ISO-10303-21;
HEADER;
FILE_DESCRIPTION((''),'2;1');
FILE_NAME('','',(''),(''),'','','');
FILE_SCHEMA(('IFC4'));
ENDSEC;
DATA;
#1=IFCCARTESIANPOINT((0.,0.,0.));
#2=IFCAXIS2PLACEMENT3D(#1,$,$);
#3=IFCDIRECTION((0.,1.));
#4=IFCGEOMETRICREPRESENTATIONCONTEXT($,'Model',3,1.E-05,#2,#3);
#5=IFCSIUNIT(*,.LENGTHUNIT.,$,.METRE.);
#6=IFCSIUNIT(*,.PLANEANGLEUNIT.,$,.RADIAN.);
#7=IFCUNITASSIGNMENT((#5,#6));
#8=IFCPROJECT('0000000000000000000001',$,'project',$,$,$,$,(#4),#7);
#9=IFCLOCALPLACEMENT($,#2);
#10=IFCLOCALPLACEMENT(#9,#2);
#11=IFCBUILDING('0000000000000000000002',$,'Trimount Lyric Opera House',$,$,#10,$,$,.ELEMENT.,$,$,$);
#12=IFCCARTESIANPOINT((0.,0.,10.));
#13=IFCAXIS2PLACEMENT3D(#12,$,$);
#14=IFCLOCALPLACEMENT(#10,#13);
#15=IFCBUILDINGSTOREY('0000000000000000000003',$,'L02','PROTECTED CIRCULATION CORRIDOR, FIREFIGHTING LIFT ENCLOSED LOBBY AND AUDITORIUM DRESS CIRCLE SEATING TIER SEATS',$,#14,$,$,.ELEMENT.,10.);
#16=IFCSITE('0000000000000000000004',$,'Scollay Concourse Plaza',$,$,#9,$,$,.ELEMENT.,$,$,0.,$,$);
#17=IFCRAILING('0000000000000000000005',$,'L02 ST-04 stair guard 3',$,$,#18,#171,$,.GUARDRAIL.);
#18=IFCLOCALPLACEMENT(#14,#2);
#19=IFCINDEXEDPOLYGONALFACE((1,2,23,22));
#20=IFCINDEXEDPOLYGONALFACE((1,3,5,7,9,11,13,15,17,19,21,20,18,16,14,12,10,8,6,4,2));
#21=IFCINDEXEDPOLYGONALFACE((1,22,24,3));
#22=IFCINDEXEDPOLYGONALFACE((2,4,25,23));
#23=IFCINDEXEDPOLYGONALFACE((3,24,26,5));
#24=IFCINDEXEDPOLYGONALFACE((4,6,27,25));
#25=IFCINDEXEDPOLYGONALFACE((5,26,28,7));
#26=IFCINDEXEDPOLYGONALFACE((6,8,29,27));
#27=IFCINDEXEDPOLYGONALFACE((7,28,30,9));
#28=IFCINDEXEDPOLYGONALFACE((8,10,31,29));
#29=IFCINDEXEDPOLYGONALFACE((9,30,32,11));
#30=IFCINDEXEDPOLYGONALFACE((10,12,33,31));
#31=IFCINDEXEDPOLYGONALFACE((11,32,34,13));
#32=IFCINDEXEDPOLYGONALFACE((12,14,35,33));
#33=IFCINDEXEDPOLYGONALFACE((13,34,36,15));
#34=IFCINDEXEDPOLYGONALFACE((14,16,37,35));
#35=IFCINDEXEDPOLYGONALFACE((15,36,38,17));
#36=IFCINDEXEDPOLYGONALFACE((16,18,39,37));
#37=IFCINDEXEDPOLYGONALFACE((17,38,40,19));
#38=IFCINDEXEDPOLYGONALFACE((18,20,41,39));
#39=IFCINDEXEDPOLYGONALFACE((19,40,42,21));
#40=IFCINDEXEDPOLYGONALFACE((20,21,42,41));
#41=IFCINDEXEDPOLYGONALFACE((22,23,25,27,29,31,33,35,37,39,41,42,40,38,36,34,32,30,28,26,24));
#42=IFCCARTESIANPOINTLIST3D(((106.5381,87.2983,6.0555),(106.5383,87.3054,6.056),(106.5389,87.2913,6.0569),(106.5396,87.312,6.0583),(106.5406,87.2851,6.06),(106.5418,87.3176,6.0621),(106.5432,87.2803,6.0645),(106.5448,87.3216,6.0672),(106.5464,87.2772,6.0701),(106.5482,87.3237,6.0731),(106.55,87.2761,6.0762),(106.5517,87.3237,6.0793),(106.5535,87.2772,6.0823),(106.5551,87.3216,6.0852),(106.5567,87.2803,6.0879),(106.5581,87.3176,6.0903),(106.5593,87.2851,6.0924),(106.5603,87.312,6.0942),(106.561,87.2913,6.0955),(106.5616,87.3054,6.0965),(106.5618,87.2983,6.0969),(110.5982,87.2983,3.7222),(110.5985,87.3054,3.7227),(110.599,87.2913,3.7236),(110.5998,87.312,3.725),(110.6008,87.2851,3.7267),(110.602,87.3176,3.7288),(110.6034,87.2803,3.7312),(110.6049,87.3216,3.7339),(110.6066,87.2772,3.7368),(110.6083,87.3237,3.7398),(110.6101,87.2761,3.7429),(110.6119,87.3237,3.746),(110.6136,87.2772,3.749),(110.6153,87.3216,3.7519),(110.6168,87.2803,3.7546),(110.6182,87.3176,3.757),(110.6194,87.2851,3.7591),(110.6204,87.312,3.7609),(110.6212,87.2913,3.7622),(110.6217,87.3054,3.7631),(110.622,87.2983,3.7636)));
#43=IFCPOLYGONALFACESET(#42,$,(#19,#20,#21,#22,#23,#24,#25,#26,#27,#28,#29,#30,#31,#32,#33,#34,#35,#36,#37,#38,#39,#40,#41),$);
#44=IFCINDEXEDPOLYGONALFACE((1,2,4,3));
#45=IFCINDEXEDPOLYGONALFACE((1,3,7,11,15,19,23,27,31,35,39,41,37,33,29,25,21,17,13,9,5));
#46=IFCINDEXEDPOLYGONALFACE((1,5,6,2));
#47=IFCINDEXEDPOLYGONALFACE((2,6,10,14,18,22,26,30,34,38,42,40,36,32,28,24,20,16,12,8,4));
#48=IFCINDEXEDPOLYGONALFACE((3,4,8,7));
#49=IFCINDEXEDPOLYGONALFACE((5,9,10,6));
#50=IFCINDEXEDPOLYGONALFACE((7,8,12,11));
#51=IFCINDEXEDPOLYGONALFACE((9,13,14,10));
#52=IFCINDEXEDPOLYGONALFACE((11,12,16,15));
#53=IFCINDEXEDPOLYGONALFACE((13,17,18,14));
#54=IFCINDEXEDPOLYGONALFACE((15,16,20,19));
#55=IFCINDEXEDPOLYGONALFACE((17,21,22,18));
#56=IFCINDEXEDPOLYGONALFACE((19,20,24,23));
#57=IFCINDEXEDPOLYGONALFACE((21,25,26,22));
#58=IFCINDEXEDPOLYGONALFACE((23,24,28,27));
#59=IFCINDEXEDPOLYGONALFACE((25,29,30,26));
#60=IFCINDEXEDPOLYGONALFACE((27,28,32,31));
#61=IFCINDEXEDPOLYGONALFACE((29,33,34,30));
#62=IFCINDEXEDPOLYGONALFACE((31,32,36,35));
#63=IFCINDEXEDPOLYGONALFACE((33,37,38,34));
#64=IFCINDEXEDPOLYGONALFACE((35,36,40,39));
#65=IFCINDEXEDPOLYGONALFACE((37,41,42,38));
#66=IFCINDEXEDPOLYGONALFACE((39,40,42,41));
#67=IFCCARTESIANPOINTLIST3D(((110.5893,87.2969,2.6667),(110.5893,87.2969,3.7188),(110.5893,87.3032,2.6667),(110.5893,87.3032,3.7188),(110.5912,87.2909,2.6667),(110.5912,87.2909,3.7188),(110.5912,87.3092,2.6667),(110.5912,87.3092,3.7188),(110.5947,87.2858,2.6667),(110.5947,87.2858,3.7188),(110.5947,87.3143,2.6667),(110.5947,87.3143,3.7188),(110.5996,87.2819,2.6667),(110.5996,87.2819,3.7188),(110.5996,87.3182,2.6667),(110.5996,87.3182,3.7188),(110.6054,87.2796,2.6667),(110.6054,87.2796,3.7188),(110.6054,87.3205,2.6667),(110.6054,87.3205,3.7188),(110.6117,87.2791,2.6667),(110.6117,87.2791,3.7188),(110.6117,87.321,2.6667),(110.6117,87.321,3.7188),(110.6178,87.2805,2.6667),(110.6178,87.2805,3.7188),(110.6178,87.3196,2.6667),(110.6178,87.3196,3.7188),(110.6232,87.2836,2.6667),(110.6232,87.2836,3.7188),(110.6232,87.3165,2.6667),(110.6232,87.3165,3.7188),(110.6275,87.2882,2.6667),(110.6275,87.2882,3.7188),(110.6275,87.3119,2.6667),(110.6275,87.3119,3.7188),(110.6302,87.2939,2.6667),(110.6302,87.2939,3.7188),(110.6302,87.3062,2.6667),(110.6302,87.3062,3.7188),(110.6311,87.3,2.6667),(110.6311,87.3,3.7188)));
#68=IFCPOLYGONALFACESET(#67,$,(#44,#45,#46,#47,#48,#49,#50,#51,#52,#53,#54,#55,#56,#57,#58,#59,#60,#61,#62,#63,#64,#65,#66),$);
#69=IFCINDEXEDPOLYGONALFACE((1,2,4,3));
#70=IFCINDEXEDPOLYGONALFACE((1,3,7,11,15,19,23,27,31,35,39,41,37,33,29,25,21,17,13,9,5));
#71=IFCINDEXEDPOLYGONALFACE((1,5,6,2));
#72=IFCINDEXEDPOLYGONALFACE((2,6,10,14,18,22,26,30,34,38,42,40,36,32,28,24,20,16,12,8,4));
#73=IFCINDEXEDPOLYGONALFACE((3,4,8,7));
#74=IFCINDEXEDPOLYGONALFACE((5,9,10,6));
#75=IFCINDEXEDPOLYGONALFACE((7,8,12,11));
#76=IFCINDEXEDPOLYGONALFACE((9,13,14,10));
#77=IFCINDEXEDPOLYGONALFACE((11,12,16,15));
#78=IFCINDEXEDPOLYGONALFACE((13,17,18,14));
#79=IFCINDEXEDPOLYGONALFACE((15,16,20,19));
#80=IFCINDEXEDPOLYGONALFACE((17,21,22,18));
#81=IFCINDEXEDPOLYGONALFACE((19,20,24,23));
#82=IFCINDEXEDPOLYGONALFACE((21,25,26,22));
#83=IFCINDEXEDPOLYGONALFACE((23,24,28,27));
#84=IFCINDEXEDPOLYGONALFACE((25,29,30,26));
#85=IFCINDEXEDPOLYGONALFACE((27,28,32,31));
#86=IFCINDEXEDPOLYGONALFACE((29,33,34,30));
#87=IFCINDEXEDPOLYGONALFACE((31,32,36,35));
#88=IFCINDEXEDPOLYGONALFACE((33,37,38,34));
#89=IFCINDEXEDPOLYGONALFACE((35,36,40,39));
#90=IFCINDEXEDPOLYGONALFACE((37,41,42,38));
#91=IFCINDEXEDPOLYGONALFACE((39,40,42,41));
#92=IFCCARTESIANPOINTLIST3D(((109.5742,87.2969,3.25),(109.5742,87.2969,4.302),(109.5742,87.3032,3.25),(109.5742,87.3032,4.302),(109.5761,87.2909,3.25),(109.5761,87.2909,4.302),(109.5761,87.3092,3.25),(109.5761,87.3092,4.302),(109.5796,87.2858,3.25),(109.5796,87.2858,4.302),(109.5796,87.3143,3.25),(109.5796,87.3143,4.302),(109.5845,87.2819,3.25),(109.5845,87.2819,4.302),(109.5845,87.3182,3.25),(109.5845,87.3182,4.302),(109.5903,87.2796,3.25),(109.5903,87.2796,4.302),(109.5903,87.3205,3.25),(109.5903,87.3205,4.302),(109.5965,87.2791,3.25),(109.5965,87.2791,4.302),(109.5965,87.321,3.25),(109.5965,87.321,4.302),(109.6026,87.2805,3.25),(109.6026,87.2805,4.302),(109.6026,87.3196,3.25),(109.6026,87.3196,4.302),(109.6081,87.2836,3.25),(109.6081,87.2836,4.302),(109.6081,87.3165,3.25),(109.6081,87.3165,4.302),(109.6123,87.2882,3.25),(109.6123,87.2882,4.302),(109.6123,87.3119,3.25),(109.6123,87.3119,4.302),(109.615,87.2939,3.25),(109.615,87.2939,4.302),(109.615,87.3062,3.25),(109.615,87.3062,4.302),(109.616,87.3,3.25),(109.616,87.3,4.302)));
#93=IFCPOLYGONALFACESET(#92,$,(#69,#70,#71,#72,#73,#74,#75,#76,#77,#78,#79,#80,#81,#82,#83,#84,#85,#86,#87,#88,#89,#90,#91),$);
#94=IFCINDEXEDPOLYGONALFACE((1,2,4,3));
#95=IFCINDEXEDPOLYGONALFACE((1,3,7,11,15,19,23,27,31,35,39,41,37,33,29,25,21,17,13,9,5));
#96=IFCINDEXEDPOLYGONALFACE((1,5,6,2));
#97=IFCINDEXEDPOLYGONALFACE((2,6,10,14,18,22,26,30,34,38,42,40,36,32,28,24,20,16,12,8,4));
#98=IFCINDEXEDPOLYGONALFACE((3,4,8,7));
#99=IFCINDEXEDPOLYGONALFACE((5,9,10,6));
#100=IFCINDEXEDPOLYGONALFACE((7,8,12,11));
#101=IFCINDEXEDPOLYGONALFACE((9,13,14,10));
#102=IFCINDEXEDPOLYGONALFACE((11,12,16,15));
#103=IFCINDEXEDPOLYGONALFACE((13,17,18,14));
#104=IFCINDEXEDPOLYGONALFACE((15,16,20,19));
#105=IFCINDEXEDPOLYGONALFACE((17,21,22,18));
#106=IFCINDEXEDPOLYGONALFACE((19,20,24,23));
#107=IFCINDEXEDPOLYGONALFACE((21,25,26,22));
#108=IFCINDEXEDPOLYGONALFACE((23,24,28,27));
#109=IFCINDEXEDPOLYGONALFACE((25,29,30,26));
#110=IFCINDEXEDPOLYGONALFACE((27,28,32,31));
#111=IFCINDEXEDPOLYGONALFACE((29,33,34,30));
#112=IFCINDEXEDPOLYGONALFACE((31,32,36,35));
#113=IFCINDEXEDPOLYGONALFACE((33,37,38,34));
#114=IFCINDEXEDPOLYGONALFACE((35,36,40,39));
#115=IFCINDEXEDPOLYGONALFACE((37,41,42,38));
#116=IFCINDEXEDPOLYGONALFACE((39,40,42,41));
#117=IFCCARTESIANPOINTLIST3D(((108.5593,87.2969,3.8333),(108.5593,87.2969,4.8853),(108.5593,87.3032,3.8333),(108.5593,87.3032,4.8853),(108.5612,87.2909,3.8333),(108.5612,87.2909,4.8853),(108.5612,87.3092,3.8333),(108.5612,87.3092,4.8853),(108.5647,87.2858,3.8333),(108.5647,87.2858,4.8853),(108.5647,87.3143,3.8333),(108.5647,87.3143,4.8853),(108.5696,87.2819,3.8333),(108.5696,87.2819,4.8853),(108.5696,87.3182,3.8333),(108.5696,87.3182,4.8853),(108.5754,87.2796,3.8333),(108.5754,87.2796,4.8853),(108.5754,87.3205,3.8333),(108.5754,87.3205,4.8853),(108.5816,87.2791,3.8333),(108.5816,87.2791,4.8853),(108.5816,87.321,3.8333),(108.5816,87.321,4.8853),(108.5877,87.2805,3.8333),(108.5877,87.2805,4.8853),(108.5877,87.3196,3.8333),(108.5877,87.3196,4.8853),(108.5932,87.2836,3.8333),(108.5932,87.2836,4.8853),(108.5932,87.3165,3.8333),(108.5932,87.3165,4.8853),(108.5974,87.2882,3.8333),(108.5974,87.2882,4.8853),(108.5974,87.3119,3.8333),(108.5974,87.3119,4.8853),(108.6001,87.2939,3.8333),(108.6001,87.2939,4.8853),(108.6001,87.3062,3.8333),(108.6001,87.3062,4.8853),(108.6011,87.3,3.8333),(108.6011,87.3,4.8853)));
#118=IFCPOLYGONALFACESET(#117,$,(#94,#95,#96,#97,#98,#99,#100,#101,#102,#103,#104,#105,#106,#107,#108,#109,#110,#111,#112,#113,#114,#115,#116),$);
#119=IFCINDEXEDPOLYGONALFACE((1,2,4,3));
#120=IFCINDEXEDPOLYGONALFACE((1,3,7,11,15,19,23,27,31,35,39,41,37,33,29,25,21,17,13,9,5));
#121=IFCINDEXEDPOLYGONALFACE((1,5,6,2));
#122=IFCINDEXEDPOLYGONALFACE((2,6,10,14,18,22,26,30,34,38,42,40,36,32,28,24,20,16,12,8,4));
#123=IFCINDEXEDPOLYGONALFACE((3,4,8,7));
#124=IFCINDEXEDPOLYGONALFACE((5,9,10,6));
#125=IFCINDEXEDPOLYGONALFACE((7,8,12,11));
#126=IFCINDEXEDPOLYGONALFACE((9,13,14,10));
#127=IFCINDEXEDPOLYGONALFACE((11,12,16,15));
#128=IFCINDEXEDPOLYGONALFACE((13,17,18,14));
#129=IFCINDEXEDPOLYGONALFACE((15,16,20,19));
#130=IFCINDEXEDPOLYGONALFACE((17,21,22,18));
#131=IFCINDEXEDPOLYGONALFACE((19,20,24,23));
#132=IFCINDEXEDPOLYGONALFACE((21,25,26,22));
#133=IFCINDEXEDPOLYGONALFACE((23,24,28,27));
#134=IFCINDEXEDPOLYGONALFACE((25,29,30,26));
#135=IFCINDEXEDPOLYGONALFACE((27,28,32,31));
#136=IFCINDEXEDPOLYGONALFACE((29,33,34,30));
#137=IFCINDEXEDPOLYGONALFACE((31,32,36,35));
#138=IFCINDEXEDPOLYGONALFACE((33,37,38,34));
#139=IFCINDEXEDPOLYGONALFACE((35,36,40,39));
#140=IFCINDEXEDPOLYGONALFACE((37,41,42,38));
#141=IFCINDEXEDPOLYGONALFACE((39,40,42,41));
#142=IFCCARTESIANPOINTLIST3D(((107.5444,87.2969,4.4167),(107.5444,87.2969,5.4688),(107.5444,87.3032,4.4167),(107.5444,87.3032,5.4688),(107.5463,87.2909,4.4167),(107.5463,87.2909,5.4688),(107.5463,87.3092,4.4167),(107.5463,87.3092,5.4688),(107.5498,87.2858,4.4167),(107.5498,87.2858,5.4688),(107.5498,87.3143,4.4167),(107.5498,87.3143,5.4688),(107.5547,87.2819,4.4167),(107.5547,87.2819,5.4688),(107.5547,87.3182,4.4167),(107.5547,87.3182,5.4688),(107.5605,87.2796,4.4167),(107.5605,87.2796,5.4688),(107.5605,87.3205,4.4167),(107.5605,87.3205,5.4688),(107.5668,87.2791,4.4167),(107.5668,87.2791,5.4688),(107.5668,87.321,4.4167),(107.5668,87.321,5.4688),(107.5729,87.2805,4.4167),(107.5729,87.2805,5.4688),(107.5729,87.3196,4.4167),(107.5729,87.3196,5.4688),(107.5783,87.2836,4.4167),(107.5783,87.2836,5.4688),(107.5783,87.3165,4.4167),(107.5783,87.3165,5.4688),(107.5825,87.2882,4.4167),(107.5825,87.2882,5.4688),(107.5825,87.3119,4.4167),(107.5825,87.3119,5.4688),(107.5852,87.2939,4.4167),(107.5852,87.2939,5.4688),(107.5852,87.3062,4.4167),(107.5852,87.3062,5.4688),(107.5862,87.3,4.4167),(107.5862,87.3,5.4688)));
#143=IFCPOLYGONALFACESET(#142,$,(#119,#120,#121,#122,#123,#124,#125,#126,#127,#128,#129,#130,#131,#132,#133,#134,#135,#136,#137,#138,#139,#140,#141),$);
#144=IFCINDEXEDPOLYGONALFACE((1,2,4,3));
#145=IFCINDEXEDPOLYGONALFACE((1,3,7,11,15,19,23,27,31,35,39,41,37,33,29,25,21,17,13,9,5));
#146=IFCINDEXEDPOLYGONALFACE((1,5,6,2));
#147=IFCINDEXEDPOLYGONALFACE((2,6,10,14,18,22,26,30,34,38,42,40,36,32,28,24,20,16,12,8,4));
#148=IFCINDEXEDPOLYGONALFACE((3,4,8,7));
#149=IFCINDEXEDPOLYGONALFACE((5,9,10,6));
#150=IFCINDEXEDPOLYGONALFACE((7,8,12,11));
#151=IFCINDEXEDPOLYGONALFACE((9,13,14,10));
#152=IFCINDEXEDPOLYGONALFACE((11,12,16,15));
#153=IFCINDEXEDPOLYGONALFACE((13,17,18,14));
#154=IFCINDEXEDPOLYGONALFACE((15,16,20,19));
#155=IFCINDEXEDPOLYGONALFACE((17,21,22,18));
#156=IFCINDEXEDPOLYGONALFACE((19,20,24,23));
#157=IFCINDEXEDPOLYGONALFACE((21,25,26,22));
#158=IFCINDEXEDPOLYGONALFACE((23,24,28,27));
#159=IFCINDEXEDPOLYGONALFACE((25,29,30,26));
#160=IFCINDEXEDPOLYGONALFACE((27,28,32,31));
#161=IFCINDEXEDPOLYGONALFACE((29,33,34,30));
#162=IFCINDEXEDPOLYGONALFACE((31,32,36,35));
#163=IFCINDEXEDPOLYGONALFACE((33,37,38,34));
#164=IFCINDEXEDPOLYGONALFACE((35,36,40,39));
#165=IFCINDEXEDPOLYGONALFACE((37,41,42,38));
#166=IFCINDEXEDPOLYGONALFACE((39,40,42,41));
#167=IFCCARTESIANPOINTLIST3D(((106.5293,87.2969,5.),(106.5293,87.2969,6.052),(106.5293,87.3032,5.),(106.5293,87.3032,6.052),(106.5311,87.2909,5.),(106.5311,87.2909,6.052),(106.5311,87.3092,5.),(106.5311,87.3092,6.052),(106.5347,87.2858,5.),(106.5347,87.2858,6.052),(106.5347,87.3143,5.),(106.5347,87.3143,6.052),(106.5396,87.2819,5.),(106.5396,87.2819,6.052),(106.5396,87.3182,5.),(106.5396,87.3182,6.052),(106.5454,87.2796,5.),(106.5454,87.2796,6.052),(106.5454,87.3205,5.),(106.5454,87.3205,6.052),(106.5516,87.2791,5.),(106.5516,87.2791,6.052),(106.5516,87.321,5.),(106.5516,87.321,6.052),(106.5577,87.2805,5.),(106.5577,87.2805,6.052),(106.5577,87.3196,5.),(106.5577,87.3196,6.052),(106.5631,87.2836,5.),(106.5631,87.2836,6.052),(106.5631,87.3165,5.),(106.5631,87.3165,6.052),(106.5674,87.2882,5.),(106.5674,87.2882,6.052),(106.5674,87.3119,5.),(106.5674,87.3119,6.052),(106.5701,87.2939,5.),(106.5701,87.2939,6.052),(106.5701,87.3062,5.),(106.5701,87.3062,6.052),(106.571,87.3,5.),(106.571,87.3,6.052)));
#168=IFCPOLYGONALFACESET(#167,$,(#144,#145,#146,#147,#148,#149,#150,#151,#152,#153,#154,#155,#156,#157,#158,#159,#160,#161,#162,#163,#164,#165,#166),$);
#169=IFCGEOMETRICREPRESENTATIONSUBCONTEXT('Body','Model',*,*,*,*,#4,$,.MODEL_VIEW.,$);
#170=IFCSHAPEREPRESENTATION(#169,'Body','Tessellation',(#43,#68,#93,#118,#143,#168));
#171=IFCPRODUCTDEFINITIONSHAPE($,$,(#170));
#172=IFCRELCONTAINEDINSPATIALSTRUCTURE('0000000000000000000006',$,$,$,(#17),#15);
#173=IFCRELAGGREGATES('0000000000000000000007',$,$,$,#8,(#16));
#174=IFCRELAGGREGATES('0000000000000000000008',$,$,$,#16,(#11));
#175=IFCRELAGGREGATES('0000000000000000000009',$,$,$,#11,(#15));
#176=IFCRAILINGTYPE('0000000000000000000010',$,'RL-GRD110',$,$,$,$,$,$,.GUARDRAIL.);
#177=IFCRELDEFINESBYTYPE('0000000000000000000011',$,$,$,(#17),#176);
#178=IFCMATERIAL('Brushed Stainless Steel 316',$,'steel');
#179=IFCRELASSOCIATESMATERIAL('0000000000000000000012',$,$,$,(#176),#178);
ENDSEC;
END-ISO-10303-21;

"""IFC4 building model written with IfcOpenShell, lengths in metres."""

from ifc_helpers import new_model, si_unit, direction, frame, origin, origin_2d, place, context, subcontext, project, spatial, circle, extrude, material, type_object, element, save


model = new_model("IFC4")

# Units and contexts
model_context = context("Model", 3, precision=1e-05, world=origin(), true_north=direction((0.0, 1.0)))
body_context = subcontext(model_context, "Body", "Model", "MODEL_VIEW")
ifc_project = project(units=[si_unit("LENGTHUNIT", "METRE"), si_unit("PLANEANGLEUNIT", "RADIAN")], contexts=[model_context])

# Site, building, storey
site_placement = place(None, origin())
site = spatial("IfcSite", under=ifc_project, at=site_placement, Name="Scollay Concourse Plaza", CompositionType="ELEMENT", RefElevation=0.0)
building_placement = place(site_placement, origin())
building = spatial("IfcBuilding", under=site, at=building_placement, Name="Trimount Lyric Opera House", CompositionType="ELEMENT")
storey_placement = place(building_placement, frame((0.0, 0.0, 10.0)))
storey = spatial("IfcBuildingStorey", under=building, at=storey_placement, Name="L02", Description="PROTECTED CIRCULATION CORRIDOR, FIREFIGHTING LIFT ENCLOSED LOBBY AND AUDITORIUM DRESS CIRCLE SEATING TIER SEATS", CompositionType="ELEMENT", Elevation=10.0)

# Railing
ifc_material_1 = material(Name="Brushed Stainless Steel 316", Category="steel")
railing_type_1 = type_object("IfcRailingType", Name="RL-GRD110", PredefinedType="GUARDRAIL", material=ifc_material_1)
railing_1_placement = place(storey_placement, frame((110.6101, 87.3, 2.6667)))
element("IfcRailing", 1, at=railing_1_placement, inside=storey, type_object=railing_type_1, Name="L02 ST-04 stair guard 3", PredefinedType="GUARDRAIL", context=body_context, shape_type="SweptSolid", body=[
    extrude(circle(Radius=0.0239, at=origin_2d()), frame((0.0, 0.0, 1.0762), z_axis=(-0.867025, 0.0, 0.498265), x_axis=(0.0, -1.0, 0.0)), (0.0, 0.0, 1.0), 4.6829),
    extrude(circle(Radius=0.021, at=origin_2d()), origin(), (0.0, 0.0, 1.0), 1.052),
    extrude(circle(Radius=0.021, at=origin_2d()), frame((-1.0151, 0.0, 0.5833)), (0.0, 0.0, 1.0), 1.052),
    extrude(circle(Radius=0.021, at=origin_2d()), frame((-2.03, 0.0, 1.1665)), (0.0, 0.0, 1.0), 1.052),
    extrude(circle(Radius=0.021, at=origin_2d()), frame((-3.0449, 0.0, 1.75)), (0.0, 0.0, 1.0), 1.052),
    extrude(circle(Radius=0.021, at=origin_2d()), frame((-4.0601, 0.0, 2.3333)), (0.0, 0.0, 1.0), 1.052),
])

save(model, "model.ifc")
